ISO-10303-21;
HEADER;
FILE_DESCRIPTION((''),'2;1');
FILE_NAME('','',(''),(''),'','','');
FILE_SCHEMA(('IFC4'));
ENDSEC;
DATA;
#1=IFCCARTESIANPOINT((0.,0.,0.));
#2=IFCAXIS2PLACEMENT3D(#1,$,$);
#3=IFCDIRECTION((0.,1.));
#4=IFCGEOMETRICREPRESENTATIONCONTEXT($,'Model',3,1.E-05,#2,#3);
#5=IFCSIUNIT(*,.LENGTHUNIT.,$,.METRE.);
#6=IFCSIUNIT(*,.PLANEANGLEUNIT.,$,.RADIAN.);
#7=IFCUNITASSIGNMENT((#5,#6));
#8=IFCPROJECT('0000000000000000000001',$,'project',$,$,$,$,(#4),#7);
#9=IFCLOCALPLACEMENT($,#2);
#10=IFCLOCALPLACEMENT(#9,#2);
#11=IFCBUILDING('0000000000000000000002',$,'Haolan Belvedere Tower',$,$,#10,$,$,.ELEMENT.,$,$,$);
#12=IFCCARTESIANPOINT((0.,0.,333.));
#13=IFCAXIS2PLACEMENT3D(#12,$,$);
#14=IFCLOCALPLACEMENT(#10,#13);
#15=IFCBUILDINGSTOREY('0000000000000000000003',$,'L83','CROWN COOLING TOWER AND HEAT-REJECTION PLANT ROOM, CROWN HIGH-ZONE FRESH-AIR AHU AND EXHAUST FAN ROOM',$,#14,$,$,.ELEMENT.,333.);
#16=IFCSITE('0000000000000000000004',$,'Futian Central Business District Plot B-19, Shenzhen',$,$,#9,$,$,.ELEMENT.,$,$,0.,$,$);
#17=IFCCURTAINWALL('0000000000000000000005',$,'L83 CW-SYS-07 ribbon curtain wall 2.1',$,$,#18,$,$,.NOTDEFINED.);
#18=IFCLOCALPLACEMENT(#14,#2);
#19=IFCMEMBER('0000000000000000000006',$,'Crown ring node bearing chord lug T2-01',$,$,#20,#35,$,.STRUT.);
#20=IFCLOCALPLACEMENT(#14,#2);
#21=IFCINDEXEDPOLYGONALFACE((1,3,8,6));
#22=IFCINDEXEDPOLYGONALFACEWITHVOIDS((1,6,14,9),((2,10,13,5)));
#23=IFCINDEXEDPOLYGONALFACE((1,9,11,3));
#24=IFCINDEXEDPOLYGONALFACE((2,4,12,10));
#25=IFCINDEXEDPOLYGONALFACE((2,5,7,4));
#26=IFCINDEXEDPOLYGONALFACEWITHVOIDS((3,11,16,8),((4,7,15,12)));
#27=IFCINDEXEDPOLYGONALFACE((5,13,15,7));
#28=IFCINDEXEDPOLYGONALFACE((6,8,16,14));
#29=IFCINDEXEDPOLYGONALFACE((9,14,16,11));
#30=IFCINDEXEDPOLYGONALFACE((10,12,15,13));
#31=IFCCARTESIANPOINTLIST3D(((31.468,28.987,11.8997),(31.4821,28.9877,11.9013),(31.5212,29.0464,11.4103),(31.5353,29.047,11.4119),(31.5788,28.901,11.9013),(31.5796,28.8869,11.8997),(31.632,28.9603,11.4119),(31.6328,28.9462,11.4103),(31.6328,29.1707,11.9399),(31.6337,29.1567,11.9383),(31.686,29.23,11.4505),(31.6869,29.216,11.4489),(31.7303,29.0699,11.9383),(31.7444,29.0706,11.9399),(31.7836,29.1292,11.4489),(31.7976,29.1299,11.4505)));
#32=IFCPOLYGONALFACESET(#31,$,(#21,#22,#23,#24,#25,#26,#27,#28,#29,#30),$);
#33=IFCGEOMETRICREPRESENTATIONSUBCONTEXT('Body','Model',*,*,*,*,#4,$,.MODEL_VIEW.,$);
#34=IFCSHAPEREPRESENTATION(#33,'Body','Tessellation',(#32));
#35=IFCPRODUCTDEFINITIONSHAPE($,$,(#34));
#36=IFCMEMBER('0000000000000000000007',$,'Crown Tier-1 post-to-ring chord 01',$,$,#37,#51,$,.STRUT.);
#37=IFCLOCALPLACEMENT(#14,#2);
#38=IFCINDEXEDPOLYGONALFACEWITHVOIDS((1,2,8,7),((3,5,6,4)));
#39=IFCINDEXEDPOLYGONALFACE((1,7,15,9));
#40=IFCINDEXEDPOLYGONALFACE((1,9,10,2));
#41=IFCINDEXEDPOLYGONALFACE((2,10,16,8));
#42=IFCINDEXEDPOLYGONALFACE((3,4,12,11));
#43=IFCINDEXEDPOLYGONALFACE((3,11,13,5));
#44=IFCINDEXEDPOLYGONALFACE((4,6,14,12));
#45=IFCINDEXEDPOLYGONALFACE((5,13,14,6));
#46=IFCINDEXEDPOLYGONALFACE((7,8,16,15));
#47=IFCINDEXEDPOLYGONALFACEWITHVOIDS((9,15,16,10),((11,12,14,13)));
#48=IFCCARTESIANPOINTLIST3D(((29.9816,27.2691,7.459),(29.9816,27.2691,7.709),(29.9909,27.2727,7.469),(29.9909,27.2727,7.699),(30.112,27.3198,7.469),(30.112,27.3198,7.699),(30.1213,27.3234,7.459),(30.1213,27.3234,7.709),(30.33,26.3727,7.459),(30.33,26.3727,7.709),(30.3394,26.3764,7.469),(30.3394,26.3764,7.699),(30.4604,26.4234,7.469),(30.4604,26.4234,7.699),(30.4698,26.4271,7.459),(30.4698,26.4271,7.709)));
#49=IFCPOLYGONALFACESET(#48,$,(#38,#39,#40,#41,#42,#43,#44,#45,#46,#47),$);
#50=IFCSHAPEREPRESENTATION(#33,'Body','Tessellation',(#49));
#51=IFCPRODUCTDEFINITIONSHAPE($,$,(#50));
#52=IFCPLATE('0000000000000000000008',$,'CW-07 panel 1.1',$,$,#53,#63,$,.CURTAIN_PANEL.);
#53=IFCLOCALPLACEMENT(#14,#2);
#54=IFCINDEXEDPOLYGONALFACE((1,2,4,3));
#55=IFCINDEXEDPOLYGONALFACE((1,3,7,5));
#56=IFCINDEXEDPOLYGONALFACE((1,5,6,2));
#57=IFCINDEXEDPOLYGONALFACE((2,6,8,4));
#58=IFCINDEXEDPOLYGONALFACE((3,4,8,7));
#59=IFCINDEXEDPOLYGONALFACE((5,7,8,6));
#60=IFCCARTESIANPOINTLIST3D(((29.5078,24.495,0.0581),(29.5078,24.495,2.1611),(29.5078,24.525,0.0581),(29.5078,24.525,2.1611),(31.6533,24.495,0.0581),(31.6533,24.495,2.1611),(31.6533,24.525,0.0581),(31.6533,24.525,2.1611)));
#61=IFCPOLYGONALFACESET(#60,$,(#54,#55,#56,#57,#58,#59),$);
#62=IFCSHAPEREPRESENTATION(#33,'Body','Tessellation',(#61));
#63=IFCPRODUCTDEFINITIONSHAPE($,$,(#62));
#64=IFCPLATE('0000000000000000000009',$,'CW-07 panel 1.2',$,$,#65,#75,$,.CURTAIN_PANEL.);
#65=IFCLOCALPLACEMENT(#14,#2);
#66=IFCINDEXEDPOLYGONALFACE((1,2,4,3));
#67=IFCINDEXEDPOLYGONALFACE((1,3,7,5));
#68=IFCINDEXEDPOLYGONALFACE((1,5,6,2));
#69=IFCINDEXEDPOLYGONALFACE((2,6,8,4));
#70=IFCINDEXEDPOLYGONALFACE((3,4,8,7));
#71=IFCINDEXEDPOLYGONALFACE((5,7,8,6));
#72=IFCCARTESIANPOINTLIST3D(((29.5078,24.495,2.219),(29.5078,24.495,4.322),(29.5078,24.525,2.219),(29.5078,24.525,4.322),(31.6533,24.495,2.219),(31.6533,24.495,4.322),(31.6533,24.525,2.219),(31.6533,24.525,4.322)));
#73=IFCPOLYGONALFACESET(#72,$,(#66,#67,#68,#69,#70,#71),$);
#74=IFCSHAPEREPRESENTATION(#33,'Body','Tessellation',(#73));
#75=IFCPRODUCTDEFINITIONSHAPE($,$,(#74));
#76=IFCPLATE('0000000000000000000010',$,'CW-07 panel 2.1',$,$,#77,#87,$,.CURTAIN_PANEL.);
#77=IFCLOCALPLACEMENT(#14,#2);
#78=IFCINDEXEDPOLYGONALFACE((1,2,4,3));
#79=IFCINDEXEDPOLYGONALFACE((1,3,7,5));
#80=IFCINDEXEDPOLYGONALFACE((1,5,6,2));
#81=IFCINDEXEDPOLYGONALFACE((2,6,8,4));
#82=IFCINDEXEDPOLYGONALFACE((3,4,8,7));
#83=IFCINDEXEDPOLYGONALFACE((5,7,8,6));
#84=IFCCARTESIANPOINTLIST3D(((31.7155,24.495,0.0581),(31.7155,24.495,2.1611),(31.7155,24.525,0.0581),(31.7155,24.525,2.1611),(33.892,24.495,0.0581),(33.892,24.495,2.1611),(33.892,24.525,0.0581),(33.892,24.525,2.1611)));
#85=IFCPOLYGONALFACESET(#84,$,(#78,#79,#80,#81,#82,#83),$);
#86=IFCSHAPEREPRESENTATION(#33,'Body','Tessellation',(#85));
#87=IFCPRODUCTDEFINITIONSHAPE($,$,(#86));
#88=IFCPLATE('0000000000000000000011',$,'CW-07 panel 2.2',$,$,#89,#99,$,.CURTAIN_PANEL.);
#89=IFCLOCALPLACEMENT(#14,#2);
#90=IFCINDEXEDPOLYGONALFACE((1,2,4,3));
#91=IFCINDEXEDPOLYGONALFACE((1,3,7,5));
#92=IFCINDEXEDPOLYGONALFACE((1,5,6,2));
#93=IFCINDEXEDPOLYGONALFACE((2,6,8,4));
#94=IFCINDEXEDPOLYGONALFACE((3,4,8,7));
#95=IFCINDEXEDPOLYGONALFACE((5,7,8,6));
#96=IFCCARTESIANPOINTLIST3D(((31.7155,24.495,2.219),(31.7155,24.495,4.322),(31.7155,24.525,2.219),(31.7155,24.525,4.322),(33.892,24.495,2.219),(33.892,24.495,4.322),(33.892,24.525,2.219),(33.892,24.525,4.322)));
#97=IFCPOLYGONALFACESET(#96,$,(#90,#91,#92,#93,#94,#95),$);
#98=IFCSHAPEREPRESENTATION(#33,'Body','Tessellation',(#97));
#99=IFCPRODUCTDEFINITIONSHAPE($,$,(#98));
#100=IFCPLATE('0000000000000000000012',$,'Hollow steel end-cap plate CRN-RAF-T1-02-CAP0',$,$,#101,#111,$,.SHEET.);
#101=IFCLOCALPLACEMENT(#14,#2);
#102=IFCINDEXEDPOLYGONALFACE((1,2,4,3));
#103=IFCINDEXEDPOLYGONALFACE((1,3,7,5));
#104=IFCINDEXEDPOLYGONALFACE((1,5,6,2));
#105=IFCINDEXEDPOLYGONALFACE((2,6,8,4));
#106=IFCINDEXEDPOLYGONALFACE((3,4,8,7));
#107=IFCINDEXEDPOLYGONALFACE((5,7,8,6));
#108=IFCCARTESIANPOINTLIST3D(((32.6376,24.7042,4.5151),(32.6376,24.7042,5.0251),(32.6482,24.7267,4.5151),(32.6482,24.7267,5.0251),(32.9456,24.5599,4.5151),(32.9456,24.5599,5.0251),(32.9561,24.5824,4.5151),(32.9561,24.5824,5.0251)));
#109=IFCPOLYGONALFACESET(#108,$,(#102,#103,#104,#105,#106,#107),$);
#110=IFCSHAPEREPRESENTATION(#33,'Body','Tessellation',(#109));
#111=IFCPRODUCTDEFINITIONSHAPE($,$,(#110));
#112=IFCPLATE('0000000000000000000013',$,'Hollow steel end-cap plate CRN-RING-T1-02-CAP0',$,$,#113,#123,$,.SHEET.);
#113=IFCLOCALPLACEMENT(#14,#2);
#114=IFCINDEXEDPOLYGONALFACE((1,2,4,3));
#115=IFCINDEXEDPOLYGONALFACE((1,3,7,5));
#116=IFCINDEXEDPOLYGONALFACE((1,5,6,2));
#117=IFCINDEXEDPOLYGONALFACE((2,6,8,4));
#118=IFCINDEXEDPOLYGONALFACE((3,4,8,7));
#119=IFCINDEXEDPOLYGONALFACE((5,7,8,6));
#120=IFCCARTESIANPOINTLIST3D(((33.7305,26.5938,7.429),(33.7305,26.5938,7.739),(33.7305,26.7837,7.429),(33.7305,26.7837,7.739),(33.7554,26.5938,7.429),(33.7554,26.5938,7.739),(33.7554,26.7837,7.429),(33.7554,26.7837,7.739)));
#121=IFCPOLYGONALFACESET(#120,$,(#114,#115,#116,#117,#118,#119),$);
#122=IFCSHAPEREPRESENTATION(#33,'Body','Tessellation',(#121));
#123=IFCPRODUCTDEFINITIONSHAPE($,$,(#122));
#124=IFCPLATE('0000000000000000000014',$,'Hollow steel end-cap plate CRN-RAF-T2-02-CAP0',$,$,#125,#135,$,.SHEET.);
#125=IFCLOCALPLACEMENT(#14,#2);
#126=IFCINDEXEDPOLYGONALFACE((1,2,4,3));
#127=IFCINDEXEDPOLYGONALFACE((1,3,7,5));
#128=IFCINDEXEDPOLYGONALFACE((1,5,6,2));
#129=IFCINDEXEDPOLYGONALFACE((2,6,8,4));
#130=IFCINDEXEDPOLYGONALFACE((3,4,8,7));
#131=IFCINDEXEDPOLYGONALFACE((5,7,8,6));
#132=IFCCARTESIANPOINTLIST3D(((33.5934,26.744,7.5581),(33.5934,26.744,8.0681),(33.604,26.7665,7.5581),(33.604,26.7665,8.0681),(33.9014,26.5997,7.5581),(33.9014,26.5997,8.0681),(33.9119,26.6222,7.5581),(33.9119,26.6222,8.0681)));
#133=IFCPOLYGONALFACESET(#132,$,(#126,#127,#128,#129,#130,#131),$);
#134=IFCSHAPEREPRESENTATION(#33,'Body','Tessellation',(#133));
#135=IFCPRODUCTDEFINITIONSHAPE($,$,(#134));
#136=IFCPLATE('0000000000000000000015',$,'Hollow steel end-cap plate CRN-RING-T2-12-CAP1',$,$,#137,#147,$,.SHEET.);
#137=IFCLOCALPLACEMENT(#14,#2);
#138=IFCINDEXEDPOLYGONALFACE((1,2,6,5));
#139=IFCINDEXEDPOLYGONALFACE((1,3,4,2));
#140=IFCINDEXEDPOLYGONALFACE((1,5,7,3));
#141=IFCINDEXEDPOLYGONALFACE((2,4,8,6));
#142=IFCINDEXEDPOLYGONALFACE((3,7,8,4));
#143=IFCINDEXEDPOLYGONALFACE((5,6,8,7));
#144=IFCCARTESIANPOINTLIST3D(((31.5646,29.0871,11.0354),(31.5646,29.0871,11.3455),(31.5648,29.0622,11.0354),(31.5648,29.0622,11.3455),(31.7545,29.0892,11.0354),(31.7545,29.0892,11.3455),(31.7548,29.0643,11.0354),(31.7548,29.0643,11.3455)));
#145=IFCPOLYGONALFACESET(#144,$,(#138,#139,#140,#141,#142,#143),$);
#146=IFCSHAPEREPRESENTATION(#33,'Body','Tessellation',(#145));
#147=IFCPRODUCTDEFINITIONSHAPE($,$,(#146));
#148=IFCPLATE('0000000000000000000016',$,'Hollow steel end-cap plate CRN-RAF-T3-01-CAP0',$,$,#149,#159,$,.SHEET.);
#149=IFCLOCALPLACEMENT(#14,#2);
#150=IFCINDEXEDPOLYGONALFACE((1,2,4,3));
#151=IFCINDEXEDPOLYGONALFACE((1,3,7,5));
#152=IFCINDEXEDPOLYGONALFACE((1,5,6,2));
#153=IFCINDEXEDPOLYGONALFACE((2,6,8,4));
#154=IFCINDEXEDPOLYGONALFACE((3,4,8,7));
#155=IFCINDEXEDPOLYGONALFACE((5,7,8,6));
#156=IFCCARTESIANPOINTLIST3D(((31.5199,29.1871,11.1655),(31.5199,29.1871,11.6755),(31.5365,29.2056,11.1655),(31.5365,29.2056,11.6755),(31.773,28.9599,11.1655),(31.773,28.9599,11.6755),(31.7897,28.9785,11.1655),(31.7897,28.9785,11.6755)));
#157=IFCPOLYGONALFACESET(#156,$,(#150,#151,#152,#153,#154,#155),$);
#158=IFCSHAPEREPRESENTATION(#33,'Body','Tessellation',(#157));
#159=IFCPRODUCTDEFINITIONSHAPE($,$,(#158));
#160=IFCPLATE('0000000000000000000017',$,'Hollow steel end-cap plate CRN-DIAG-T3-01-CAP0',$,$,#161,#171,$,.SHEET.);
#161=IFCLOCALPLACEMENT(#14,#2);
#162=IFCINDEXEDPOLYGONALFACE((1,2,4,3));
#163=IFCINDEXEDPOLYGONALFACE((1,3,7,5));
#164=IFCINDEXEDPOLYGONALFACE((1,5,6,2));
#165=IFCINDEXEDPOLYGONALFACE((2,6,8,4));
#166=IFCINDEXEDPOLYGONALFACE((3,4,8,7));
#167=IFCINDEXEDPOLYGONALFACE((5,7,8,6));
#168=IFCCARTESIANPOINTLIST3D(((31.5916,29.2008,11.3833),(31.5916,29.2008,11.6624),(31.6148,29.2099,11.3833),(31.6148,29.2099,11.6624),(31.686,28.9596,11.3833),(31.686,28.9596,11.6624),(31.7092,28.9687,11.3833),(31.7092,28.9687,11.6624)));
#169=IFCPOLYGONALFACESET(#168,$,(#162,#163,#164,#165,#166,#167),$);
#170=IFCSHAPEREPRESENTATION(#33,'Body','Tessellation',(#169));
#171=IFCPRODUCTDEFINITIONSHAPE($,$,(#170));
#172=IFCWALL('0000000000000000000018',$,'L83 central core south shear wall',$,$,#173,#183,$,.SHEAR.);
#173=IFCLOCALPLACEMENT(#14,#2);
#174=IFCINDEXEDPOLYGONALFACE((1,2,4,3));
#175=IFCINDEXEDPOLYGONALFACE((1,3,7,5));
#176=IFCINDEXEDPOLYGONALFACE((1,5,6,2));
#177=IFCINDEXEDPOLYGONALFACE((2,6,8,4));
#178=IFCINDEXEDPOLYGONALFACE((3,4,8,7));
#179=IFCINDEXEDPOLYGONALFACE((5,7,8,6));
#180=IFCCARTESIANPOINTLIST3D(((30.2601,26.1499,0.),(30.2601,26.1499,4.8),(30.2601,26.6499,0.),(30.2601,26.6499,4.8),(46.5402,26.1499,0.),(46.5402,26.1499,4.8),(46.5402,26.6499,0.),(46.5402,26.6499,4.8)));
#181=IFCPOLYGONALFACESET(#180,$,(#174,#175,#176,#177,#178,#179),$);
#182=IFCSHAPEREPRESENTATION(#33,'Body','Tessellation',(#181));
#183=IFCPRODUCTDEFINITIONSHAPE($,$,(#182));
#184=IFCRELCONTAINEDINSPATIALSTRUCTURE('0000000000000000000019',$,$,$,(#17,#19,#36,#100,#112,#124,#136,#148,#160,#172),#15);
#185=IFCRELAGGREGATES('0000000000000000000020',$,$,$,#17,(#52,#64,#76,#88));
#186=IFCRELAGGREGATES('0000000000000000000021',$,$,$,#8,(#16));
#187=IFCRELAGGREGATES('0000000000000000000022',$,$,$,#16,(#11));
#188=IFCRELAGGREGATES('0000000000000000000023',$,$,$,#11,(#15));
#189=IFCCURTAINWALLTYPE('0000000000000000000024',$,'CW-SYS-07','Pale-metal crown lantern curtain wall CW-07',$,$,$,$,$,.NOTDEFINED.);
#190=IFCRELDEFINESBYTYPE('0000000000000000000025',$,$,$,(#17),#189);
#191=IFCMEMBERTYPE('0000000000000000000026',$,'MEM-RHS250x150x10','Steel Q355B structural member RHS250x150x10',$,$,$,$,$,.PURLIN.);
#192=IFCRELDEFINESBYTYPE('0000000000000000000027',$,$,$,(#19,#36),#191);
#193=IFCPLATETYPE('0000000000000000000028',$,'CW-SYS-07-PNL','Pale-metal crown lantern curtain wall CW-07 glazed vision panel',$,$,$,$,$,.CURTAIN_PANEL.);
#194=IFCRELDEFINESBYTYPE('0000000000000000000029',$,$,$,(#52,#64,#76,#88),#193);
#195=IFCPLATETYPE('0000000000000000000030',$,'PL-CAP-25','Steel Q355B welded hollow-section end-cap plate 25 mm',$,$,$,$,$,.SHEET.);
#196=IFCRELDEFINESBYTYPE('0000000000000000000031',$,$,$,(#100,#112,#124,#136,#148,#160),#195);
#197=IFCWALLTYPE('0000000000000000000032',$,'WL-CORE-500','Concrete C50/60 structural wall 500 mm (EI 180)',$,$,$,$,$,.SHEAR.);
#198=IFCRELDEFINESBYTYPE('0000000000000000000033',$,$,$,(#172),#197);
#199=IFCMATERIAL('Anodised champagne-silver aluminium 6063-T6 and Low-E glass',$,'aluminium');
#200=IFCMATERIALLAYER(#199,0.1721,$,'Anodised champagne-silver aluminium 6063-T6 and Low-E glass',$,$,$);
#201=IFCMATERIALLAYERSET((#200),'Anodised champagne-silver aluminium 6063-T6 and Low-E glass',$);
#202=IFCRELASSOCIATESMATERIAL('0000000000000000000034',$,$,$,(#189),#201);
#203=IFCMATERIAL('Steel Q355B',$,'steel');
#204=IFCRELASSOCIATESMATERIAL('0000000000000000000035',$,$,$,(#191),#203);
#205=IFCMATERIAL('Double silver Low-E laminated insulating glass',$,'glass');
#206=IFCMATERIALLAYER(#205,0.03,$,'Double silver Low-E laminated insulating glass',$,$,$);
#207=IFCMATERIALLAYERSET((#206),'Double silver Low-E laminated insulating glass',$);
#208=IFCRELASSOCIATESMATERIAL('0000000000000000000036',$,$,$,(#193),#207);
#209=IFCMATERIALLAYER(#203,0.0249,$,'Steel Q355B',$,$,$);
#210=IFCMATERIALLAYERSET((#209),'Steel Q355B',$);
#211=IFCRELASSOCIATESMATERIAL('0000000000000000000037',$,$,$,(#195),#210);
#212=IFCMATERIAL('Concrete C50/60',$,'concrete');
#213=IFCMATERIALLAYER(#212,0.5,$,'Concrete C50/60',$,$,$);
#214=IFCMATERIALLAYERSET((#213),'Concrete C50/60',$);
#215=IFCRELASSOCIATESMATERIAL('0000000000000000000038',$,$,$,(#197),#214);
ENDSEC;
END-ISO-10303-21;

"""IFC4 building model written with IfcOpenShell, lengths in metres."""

from ifc_helpers import new_model, si_unit, direction, frame, frame_2d, origin, origin_2d, place, context, subcontext, project, spatial, rectangle, hollow_rectangle, extrude, material, layer, layer_set, material_profile, profile_set, type_object, element, aggregate, save


model = new_model("IFC4")

# Units and contexts
model_context = context("Model", 3, precision=1e-05, world=origin(), true_north=direction((0.0, 1.0)))
body_context = subcontext(model_context, "Body", "Model", "MODEL_VIEW")
ifc_project = project(units=[si_unit("LENGTHUNIT", "METRE"), si_unit("PLANEANGLEUNIT", "RADIAN")], contexts=[model_context])

# Site, building, storey
site_placement = place(None, origin())
site = spatial("IfcSite", under=ifc_project, at=site_placement, Name="Futian Central Business District Plot B-19, Shenzhen", CompositionType="ELEMENT", RefElevation=0.0)
building_placement = place(site_placement, origin())
building = spatial("IfcBuilding", under=site, at=building_placement, Name="Haolan Belvedere Tower", CompositionType="ELEMENT")
storey_placement = place(building_placement, frame((0.0, 0.0, 333.0)))
storey = spatial("IfcBuildingStorey", under=building, at=storey_placement, Name="L83", Description="CROWN COOLING TOWER AND HEAT-REJECTION PLANT ROOM, CROWN HIGH-ZONE FRESH-AIR AHU AND EXHAUST FAN ROOM", CompositionType="ELEMENT", Elevation=333.0)

# Shared definitions
ifc_material_1 = material(Name="Steel Q355B", Category="steel")

# Curtain wall
ifc_material_2 = material(Name="Anodised champagne-silver aluminium 6063-T6 and Low-E glass", Category="aluminium")
ifc_layer_1 = layer(ifc_material_2, 0.1721, Name="Anodised champagne-silver aluminium 6063-T6 and Low-E glass")
ifc_layer_set_1 = layer_set([ifc_layer_1], Name="Anodised champagne-silver aluminium 6063-T6 and Low-E glass")
curtain_wall_type = type_object("IfcCurtainWallType", Name="CW-SYS-07", Description="Pale-metal crown lantern curtain wall CW-07", PredefinedType="NOTDEFINED", material=ifc_layer_set_1)
curtain_wall_placement = place(storey_placement, origin())
curtain_wall = element("IfcCurtainWall", 1, at=curtain_wall_placement, inside=storey, type_object=curtain_wall_type, Name="L83 CW-SYS-07 ribbon curtain wall 2.1", PredefinedType="NOTDEFINED")

# Members
ifc_material_profile_1 = material_profile(ifc_material_1, hollow_rectangle(XDim=0.1499, YDim=0.25, WallThickness=0.01, at=origin_2d()), Name="Steel Q355B")
ifc_profile_set_1 = profile_set([ifc_material_profile_1], Name="Steel Q355B")
member_type_1 = type_object("IfcMemberType", Name="MEM-RHS250x150x10", Description="Steel Q355B structural member RHS250x150x10", PredefinedType="PURLIN", material=ifc_profile_set_1)
member_1_placement = place(storey_placement, frame((31.6594, 29.0881, 11.4304), z_axis=(-0.107315, -0.119622, 0.987003), x_axis=(0.744359, -0.667779, 0.0)))
element("IfcMember", 2, at=member_1_placement, inside=storey, type_object=member_type_1, Name="Crown ring node bearing chord lug T2-01", PredefinedType="STRUT", context=body_context, shape_type="SweptSolid", body=[
    extrude(hollow_rectangle(XDim=0.1499, YDim=0.25, WallThickness=0.01, at=origin_2d()), origin(), (0.0, 0.0, 1.0), 0.4958),
])
member_2_placement = place(storey_placement, frame((30.3999, 26.3999, 7.584), z_axis=(-0.362311, 0.932057, 0.0), x_axis=(-0.932057, -0.362311, 0.0)))
element("IfcMember", 3, at=member_2_placement, inside=storey, type_object=member_type_1, Name="Crown Tier-1 post-to-ring chord 01", PredefinedType="STRUT", context=body_context, shape_type="SweptSolid", body=[
    extrude(hollow_rectangle(XDim=0.1499, YDim=0.25, WallThickness=0.01, at=origin_2d()), origin(), (0.0, 0.0, 1.0), 0.9617),
])

# Plates
ifc_material_3 = material(Name="Double silver Low-E laminated insulating glass", Category="glass")
ifc_layer_2 = layer(ifc_material_3, 0.03, Name="Double silver Low-E laminated insulating glass")
ifc_layer_set_2 = layer_set([ifc_layer_2], Name="Double silver Low-E laminated insulating glass")
plate_type_1 = type_object("IfcPlateType", Name="CW-SYS-07-PNL", Description="Pale-metal crown lantern curtain wall CW-07 glazed vision panel", PredefinedType="CURTAIN_PANEL", material=ifc_layer_set_2)
plate_1_placement = place(storey_placement, frame((30.5806, 24.51, 0.0581), z_axis=(0.0, 0.0, 1.0), x_axis=(1.0, 0.0, 0.0)))
plate_1 = element("IfcPlate", 4, at=plate_1_placement, type_object=plate_type_1, Name="CW-07 panel 1.1", PredefinedType="CURTAIN_PANEL", context=body_context, shape_type="SweptSolid", body=[
    extrude(rectangle(XDim=2.1455, YDim=0.03, at=origin_2d()), origin(), (0.0, 0.0, 1.0), 2.103),
])
plate_2_placement = place(storey_placement, frame((30.5806, 24.51, 2.219), z_axis=(0.0, 0.0, 1.0), x_axis=(1.0, 0.0, 0.0)))
plate_2 = element("IfcPlate", 5, at=plate_2_placement, type_object=plate_type_1, Name="CW-07 panel 1.2", PredefinedType="CURTAIN_PANEL", context=body_context, shape_type="SweptSolid", body=[
    extrude(rectangle(XDim=2.1455, YDim=0.03, at=origin_2d()), origin(), (0.0, 0.0, 1.0), 2.103),
])
plate_3_placement = place(storey_placement, frame((32.8037, 24.51, 0.0581), z_axis=(0.0, 0.0, 1.0), x_axis=(1.0, 0.0, 0.0)))
plate_3 = element("IfcPlate", 6, at=plate_3_placement, type_object=plate_type_1, Name="CW-07 panel 2.1", PredefinedType="CURTAIN_PANEL", context=body_context, shape_type="SweptSolid", body=[
    extrude(rectangle(XDim=2.1765, YDim=0.03, at=origin_2d()), origin(), (0.0, 0.0, 1.0), 2.103),
])
plate_4_placement = place(storey_placement, frame((32.8037, 24.51, 2.219), z_axis=(0.0, 0.0, 1.0), x_axis=(1.0, 0.0, 0.0)))
plate_4 = element("IfcPlate", 7, at=plate_4_placement, type_object=plate_type_1, Name="CW-07 panel 2.2", PredefinedType="CURTAIN_PANEL", context=body_context, shape_type="SweptSolid", body=[
    extrude(rectangle(XDim=2.1765, YDim=0.03, at=origin_2d()), origin(), (0.0, 0.0, 1.0), 2.103),
])
aggregate(curtain_wall, [plate_1, plate_2, plate_3, plate_4])

# Plates
ifc_layer_3 = layer(ifc_material_1, 0.0249, Name="Steel Q355B")
ifc_layer_set_3 = layer_set([ifc_layer_3], Name="Steel Q355B")
plate_type_2 = type_object("IfcPlateType", Name="PL-CAP-25", Description="Steel Q355B welded hollow-section end-cap plate 25 mm", PredefinedType="SHEET", material=ifc_layer_set_3)
plate_5_placement = place(storey_placement, frame((32.7969, 24.6433, 4.5151), z_axis=(0.0, 0.0, 1.0), x_axis=(0.90551, -0.424326, 0.0)))
element("IfcPlate", 8, at=plate_5_placement, inside=storey, type_object=plate_type_2, Name="Hollow steel end-cap plate CRN-RAF-T1-02-CAP0", PredefinedType="SHEET", context=body_context, shape_type="SweptSolid", body=[
    extrude(rectangle(XDim=0.3401, YDim=0.0249, at=origin_2d()), origin(), (0.0, 0.0, 1.0), 0.51),
])
plate_6_placement = place(storey_placement, frame((33.7429, 26.6887, 7.429), z_axis=(0.0, 0.0, 1.0), x_axis=(0.0, -1.0, 0.0)))
element("IfcPlate", 9, at=plate_6_placement, inside=storey, type_object=plate_type_2, Name="Hollow steel end-cap plate CRN-RING-T1-02-CAP0", PredefinedType="SHEET", context=body_context, shape_type="SweptSolid", body=[
    extrude(rectangle(XDim=0.1899, YDim=0.0249, at=origin_2d()), origin(), (0.0, 0.0, 1.0), 0.3101),
])
plate_7_placement = place(storey_placement, frame((33.7527, 26.6831, 7.5581), z_axis=(0.0, 0.0, 1.0), x_axis=(0.905502, -0.424342, 0.0)))
element("IfcPlate", 10, at=plate_7_placement, inside=storey, type_object=plate_type_2, Name="Hollow steel end-cap plate CRN-RAF-T2-02-CAP0", PredefinedType="SHEET", context=body_context, shape_type="SweptSolid", body=[
    extrude(rectangle(XDim=0.3401, YDim=0.0249, at=origin_2d()), origin(), (0.0, 0.0, 1.0), 0.51),
])
plate_8_placement = place(storey_placement, frame((31.6597, 29.0757, 11.0354), z_axis=(0.0, 0.0, 1.0), x_axis=(0.99994, 0.01096, 0.0)))
element("IfcPlate", 11, at=plate_8_placement, inside=storey, type_object=plate_type_2, Name="Hollow steel end-cap plate CRN-RING-T2-12-CAP1", PredefinedType="SHEET", context=body_context, shape_type="SweptSolid", body=[
    extrude(rectangle(XDim=0.1899, YDim=0.0249, at=origin_2d()), origin(), (0.0, 0.0, 1.0), 0.3101),
])
plate_9_placement = place(storey_placement, frame((31.6548, 29.0828, 11.1655), z_axis=(0.0, 0.0, 1.0), x_axis=(0.744288, -0.667859, 0.0)))
element("IfcPlate", 12, at=plate_9_placement, inside=storey, type_object=plate_type_2, Name="Hollow steel end-cap plate CRN-RAF-T3-01-CAP0", PredefinedType="SHEET", context=body_context, shape_type="SweptSolid", body=[
    extrude(rectangle(XDim=0.3401, YDim=0.0249, at=origin_2d()), origin(), (0.0, 0.0, 1.0), 0.51),
])
plate_10_placement = place(storey_placement, frame((31.6504, 29.0847, 11.3833), z_axis=(0.0, 0.0, 1.0), x_axis=(0.364568, -0.931177, 0.0)))
element("IfcPlate", 13, at=plate_10_placement, inside=storey, type_object=plate_type_2, Name="Hollow steel end-cap plate CRN-DIAG-T3-01-CAP0", PredefinedType="SHEET", context=body_context, shape_type="SweptSolid", body=[
    extrude(rectangle(XDim=0.259, YDim=0.0249, at=origin_2d()), origin(), (0.0, 0.0, 1.0), 0.2791),
])

# Wall
ifc_material_4 = material(Name="Concrete C50/60", Category="concrete")
ifc_layer_4 = layer(ifc_material_4, 0.5, Name="Concrete C50/60")
ifc_layer_set_4 = layer_set([ifc_layer_4], Name="Concrete C50/60")
wall_type = type_object("IfcWallType", Name="WL-CORE-500", Description="Concrete C50/60 structural wall 500 mm (EI 180)", PredefinedType="SHEAR", material=ifc_layer_set_4)
wall_placement = place(storey_placement, frame((30.26, 26.3999, 0.0), z_axis=(0.0, 0.0, 1.0), x_axis=(1.0, 0.0, 0.0)))
element("IfcWall", 14, at=wall_placement, inside=storey, type_object=wall_type, Name="L83 central core south shear wall", PredefinedType="SHEAR", context=body_context, shape_type="SweptSolid", body=[
    extrude(rectangle(XDim=16.28, YDim=0.5, at=frame_2d((8.1401, 0.0))), origin(), (0.0, 0.0, 1.0), 4.8),
])

save(model, "model.ifc")
